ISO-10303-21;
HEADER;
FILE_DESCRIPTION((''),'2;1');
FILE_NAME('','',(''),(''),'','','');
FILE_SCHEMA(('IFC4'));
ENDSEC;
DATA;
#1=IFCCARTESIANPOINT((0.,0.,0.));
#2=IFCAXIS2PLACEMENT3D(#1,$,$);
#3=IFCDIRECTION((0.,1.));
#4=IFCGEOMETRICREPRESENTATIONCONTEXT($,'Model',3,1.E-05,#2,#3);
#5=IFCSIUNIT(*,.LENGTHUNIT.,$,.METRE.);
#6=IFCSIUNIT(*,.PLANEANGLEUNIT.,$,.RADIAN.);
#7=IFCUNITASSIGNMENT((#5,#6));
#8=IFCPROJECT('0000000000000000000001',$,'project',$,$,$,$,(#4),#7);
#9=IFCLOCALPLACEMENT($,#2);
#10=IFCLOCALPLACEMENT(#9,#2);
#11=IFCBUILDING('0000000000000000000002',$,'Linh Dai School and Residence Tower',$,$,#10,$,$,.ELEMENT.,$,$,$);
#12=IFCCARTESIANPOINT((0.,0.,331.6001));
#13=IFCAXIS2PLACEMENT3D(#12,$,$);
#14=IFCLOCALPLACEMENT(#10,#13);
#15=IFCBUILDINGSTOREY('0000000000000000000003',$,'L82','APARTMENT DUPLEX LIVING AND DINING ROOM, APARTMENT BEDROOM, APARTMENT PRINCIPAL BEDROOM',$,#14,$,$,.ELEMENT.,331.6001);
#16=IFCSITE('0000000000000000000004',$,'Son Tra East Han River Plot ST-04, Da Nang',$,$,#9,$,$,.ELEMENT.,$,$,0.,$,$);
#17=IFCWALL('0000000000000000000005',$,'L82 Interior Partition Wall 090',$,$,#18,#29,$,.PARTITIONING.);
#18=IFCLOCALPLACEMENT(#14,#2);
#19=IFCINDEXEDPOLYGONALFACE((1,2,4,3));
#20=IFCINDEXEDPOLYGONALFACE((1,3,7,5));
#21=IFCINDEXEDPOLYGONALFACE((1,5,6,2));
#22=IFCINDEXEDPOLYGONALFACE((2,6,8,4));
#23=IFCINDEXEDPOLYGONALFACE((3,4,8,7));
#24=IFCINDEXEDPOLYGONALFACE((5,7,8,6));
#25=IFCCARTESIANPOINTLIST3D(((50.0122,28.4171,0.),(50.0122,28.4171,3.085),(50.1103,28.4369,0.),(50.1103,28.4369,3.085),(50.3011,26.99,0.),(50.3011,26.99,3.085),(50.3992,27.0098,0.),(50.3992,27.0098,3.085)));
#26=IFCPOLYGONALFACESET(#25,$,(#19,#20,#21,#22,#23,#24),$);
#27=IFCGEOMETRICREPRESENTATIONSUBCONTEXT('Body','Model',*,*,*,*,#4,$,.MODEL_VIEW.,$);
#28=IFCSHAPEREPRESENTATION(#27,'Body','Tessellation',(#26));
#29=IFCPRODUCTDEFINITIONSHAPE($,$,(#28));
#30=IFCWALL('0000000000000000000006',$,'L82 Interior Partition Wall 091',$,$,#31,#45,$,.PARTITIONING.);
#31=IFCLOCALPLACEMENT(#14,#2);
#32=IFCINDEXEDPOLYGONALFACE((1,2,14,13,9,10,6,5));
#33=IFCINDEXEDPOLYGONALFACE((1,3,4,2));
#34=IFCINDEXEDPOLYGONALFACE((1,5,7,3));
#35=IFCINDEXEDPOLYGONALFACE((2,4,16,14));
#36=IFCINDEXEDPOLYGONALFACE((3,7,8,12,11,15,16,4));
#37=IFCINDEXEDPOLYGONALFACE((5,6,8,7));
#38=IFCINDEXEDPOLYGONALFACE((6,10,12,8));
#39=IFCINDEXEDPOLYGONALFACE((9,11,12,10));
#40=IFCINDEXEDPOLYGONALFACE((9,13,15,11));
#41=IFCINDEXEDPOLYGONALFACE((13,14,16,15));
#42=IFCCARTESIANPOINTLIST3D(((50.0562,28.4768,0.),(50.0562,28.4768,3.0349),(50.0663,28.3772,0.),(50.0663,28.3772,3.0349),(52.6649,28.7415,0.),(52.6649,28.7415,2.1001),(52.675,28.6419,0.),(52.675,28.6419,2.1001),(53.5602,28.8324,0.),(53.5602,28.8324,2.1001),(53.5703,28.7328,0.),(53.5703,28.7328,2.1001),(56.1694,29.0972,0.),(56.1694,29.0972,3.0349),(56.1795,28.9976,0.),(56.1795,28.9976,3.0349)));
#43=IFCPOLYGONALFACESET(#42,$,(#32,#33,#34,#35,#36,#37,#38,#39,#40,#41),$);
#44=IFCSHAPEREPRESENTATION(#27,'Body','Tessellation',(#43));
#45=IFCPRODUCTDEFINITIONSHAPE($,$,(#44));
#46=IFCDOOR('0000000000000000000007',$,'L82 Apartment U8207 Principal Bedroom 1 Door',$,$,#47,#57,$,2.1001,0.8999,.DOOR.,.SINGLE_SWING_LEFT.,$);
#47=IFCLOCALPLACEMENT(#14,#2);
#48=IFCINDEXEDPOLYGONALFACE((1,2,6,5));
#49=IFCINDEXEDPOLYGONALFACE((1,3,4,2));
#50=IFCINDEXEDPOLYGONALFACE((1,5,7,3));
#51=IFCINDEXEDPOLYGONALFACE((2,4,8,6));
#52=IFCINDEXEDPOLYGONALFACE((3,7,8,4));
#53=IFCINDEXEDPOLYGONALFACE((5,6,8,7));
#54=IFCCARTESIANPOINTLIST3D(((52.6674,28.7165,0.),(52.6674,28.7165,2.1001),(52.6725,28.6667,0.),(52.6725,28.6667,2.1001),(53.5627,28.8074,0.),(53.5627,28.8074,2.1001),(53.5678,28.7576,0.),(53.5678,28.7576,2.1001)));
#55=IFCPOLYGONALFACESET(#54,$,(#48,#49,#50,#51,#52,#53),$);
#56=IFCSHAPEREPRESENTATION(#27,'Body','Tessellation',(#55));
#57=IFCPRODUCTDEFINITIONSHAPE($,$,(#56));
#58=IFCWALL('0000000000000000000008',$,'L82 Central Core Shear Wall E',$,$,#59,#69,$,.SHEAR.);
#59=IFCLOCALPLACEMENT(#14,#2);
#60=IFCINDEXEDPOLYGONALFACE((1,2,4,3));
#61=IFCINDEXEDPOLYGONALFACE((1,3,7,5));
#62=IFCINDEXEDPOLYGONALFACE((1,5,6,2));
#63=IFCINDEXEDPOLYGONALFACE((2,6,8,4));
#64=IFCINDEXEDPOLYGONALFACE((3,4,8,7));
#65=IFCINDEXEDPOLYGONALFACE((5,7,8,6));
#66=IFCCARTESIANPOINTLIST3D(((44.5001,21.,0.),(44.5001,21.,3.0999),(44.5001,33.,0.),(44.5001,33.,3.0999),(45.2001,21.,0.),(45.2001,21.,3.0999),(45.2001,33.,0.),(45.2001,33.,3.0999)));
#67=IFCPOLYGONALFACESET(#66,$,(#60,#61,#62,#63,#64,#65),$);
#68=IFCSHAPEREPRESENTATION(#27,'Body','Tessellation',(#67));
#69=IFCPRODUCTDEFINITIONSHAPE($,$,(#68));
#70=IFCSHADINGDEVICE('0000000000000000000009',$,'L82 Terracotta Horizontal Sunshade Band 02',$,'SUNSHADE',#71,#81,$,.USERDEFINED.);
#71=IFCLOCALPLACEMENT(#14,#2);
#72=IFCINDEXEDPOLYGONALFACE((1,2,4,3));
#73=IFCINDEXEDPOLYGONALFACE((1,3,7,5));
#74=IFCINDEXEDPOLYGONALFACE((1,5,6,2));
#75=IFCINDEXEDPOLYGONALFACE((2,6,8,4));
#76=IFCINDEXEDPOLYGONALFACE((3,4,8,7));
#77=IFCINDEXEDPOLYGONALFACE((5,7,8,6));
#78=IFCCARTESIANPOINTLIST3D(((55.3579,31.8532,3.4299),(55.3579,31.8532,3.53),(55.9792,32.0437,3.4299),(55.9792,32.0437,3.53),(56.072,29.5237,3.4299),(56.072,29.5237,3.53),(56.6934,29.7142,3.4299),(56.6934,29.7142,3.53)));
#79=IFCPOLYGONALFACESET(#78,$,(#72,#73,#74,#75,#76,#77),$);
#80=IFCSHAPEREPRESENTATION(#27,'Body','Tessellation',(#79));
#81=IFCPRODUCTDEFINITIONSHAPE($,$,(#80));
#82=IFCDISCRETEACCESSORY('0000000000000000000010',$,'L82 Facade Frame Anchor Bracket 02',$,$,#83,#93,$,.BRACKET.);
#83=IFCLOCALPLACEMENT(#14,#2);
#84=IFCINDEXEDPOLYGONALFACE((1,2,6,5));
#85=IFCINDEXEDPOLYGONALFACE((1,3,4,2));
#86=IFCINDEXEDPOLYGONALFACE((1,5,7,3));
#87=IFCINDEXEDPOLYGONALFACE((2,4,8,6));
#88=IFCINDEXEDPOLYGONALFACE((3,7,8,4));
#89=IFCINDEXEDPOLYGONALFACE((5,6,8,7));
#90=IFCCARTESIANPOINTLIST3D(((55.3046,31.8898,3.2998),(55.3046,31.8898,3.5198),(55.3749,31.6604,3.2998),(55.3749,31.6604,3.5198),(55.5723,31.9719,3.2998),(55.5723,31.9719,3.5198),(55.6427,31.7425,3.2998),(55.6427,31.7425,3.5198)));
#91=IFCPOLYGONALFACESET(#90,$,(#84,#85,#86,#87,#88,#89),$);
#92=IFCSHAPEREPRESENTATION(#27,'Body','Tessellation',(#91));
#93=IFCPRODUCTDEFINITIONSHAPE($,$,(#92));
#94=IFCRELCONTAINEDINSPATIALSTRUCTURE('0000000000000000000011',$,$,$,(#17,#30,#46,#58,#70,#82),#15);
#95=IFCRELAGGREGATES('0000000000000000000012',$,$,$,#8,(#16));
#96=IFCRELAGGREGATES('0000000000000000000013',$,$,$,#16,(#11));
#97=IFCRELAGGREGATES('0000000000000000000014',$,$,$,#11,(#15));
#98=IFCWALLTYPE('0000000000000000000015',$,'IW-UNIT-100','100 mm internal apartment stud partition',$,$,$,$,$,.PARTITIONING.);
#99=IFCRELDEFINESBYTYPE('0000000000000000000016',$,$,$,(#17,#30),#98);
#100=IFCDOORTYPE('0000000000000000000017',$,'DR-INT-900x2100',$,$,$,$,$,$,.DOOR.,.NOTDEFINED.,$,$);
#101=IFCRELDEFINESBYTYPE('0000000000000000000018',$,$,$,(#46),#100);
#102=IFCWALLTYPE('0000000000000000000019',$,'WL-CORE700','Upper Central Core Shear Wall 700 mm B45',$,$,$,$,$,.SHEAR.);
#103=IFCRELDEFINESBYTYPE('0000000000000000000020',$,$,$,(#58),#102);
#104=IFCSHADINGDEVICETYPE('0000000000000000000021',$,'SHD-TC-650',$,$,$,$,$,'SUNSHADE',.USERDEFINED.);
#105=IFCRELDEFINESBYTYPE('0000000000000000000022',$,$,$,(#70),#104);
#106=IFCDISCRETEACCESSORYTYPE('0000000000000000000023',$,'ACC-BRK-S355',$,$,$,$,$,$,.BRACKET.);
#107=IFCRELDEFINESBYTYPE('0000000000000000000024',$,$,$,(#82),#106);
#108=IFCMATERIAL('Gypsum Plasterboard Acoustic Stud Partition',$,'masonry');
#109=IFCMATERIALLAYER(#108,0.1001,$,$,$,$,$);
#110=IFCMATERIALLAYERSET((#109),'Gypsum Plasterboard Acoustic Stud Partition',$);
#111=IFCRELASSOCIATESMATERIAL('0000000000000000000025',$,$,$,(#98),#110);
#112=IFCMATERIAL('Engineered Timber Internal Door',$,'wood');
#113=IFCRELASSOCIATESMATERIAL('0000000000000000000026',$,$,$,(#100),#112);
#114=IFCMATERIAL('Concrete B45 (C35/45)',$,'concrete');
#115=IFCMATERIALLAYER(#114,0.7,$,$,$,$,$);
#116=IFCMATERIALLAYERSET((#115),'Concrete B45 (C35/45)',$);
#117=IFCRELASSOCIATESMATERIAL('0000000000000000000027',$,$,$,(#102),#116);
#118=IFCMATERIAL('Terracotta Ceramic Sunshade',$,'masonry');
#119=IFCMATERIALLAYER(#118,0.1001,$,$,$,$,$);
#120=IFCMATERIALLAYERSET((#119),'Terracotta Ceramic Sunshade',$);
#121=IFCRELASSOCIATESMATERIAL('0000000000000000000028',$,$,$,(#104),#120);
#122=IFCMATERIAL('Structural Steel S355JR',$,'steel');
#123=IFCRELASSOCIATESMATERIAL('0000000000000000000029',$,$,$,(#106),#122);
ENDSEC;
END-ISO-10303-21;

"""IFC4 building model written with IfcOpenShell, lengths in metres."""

from ifc_helpers import new_model, si_unit, direction, frame, frame_2d, origin, origin_2d, place, context, subcontext, project, spatial, rectangle, extrude, source, transform, mapped, material, layer, layer_set, type_object, element, fill, save


model = new_model("IFC4")

# Units and contexts
model_context = context("Model", 3, precision=1e-05, world=origin(), true_north=direction((0.0, 1.0)))
body_context = subcontext(model_context, "Body", "Model", "MODEL_VIEW")
ifc_project = project(units=[si_unit("LENGTHUNIT", "METRE"), si_unit("PLANEANGLEUNIT", "RADIAN")], contexts=[model_context])

# Site, building, storey
site_placement = place(None, origin())
site = spatial("IfcSite", under=ifc_project, at=site_placement, Name="Son Tra East Han River Plot ST-04, Da Nang", CompositionType="ELEMENT", RefElevation=0.0)
building_placement = place(site_placement, origin())
building = spatial("IfcBuilding", under=site, at=building_placement, Name="Linh Dai School and Residence Tower", CompositionType="ELEMENT")
storey_placement = place(building_placement, frame((0.0, 0.0, 331.6001)))
storey = spatial("IfcBuildingStorey", under=building, at=storey_placement, Name="L82", Description="APARTMENT DUPLEX LIVING AND DINING ROOM, APARTMENT BEDROOM, APARTMENT PRINCIPAL BEDROOM", CompositionType="ELEMENT", Elevation=331.6001)

# Shared definitions
ifc_material_1 = material(Name="Structural Steel S355JR", Category="steel")

# Wall
ifc_material_2 = material(Name="Gypsum Plasterboard Acoustic Stud Partition", Category="masonry")
ifc_layer_1 = layer(ifc_material_2, 0.1001)
ifc_layer_set_1 = layer_set([ifc_layer_1], Name="Gypsum Plasterboard Acoustic Stud Partition")
wall_type_1 = type_object("IfcWallType", Name="IW-UNIT-100", Description="100 mm internal apartment stud partition", PredefinedType="PARTITIONING", material=ifc_layer_set_1)
wall_1_placement = place(storey_placement, frame((50.0613, 28.427, 0.0), z_axis=(0.0, 0.0, 1.0), x_axis=(0.198373, -0.980127, 0.0)))
element("IfcWall", 1, at=wall_1_placement, inside=storey, type_object=wall_type_1, Name="L82 Interior Partition Wall 090", PredefinedType="PARTITIONING", context=body_context, shape_type="SweptSolid", body=[
    extrude(rectangle(XDim=1.4561, YDim=0.1001, at=frame_2d((0.728, 0.0))), origin(), (0.0, 0.0, 1.0), 3.085),
])

# Wall, opening, door
wall_2_placement = place(storey_placement, frame((50.0613, 28.427, 0.0), z_axis=(0.0, 0.0, 1.0), x_axis=(0.99489, 0.100963, 0.0)))
wall_2 = element("IfcWall", 2, at=wall_2_placement, inside=storey, type_object=wall_type_1, Name="L82 Interior Partition Wall 091", PredefinedType="PARTITIONING", context=body_context, shape_type="SweptSolid", body=[
    extrude(rectangle(XDim=6.1445, YDim=0.1001, at=frame_2d((3.0723, 0.0))), origin(), (0.0, 0.0, 1.0), 3.0349),
])
opening_placement = place(wall_2_placement, frame((2.6221, 0.0, 0.0)))
opening = element("IfcOpeningElement", 3, at=opening_placement, cuts=wall_2, PredefinedType="OPENING", context=body_context, shape_type="SweptSolid", body=[
    extrude(rectangle(XDim=0.8999, YDim=2.1001, at=origin_2d()), frame((0.45, 0.0601, 1.05), z_axis=(0.0, -1.0, 0.0), x_axis=(1.0, 0.0, 0.0)), (0.0, 0.0, 1.0), 0.1201),
])
ifc_material_3 = material(Name="Engineered Timber Internal Door", Category="wood")
door_type = type_object("IfcDoorType", Name="DR-INT-900x2100", OperationType="NOTDEFINED", PredefinedType="DOOR", material=ifc_material_3)
shared_shape_1 = source(origin(), body_context, "Body", "SweptSolid", [
    extrude(rectangle(XDim=0.8999, YDim=2.1001, at=origin_2d()), frame((0.45, 0.0249, 1.05), z_axis=(0.0, -1.0, 0.0), x_axis=(1.0, 0.0, 0.0)), (0.0, 0.0, 1.0), 0.05),
])
door_placement = place(opening_placement, origin())
door = element("IfcDoor", 4, at=door_placement, inside=storey, type_object=door_type, Name="L82 Apartment U8207 Principal Bedroom 1 Door", OperationType="SINGLE_SWING_LEFT", OverallHeight=2.1001, OverallWidth=0.8999, PredefinedType="DOOR", context=body_context, shape_type="MappedRepresentation", body=[
    mapped(shared_shape_1, transform((0.0, 0.0, 0.0), x_axis=(1.0, 0.0, 0.0), y_axis=(0.0, 1.0, 0.0), z_axis=(0.0, 0.0, 1.0), scale=1.0)),
])
fill(opening, door)

# Wall
ifc_material_4 = material(Name="Concrete B45 (C35/45)", Category="concrete")
ifc_layer_2 = layer(ifc_material_4, 0.7)
ifc_layer_set_2 = layer_set([ifc_layer_2], Name="Concrete B45 (C35/45)")
wall_type_2 = type_object("IfcWallType", Name="WL-CORE700", Description="Upper Central Core Shear Wall 700 mm B45", PredefinedType="SHEAR", material=ifc_layer_set_2)
wall_3_placement = place(storey_placement, frame((44.8501, 33.0, 0.0), z_axis=(0.0, 0.0, 1.0), x_axis=(0.0, -1.0, 0.0)))
element("IfcWall", 5, at=wall_3_placement, inside=storey, type_object=wall_type_2, Name="L82 Central Core Shear Wall E", PredefinedType="SHEAR", context=body_context, shape_type="SweptSolid", body=[
    extrude(rectangle(XDim=12.0, YDim=0.7, at=frame_2d((6.0, 0.0))), origin(), (0.0, 0.0, 1.0), 3.0999),
])

# Shading device
ifc_material_5 = material(Name="Terracotta Ceramic Sunshade", Category="masonry")
ifc_layer_3 = layer(ifc_material_5, 0.1001)
ifc_layer_set_3 = layer_set([ifc_layer_3], Name="Terracotta Ceramic Sunshade")
shading_device_type = type_object("IfcShadingDeviceType", Name="SHD-TC-650", ElementType="SUNSHADE", PredefinedType="USERDEFINED", material=ifc_layer_set_3)
shared_shape_2 = source(origin(), body_context, "Body", "SweptSolid", [
    extrude(rectangle(XDim=2.4365, YDim=0.6499, at=origin_2d()), origin(), (0.0, 0.0, 1.0), 0.1001),
])
shading_device_placement = place(storey_placement, frame((56.0256, 30.7837, 3.4299), z_axis=(0.0, 0.0, 1.0), x_axis=(0.293095, -0.956083, 0.0)))
element("IfcShadingDevice", 6, at=shading_device_placement, inside=storey, type_object=shading_device_type, Name="L82 Terracotta Horizontal Sunshade Band 02", ObjectType="SUNSHADE", PredefinedType="USERDEFINED", context=body_context, shape_type="MappedRepresentation", body=[
    mapped(shared_shape_2, transform((0.0, 0.0, 0.0), x_axis=(1.0, 0.0, 0.0), y_axis=(0.0, 1.0, 0.0), z_axis=(0.0, 0.0, 1.0), scale=1.0)),
])

# Discrete accessory
discrete_accessory_type = type_object("IfcDiscreteAccessoryType", Name="ACC-BRK-S355", PredefinedType="BRACKET", material=ifc_material_1)
shared_shape_3 = source(origin(), body_context, "Body", "SweptSolid", [
    extrude(rectangle(XDim=0.28, YDim=0.24, at=origin_2d()), origin(), (0.0, 0.0, 1.0), 0.22),
])
discrete_accessory_placement = place(storey_placement, frame((55.4736, 31.8162, 3.2998), z_axis=(0.0, 0.0, 1.0), x_axis=(0.956083, 0.293095, 0.0)))
element("IfcDiscreteAccessory", 7, at=discrete_accessory_placement, inside=storey, type_object=discrete_accessory_type, Name="L82 Facade Frame Anchor Bracket 02", PredefinedType="BRACKET", context=body_context, shape_type="MappedRepresentation", body=[
    mapped(shared_shape_3, transform((0.0, 0.0, 0.0), x_axis=(1.0, 0.0, 0.0), y_axis=(0.0, 1.0, 0.0), z_axis=(0.0, 0.0, 1.0), scale=1.0)),
])

save(model, "model.ifc")
